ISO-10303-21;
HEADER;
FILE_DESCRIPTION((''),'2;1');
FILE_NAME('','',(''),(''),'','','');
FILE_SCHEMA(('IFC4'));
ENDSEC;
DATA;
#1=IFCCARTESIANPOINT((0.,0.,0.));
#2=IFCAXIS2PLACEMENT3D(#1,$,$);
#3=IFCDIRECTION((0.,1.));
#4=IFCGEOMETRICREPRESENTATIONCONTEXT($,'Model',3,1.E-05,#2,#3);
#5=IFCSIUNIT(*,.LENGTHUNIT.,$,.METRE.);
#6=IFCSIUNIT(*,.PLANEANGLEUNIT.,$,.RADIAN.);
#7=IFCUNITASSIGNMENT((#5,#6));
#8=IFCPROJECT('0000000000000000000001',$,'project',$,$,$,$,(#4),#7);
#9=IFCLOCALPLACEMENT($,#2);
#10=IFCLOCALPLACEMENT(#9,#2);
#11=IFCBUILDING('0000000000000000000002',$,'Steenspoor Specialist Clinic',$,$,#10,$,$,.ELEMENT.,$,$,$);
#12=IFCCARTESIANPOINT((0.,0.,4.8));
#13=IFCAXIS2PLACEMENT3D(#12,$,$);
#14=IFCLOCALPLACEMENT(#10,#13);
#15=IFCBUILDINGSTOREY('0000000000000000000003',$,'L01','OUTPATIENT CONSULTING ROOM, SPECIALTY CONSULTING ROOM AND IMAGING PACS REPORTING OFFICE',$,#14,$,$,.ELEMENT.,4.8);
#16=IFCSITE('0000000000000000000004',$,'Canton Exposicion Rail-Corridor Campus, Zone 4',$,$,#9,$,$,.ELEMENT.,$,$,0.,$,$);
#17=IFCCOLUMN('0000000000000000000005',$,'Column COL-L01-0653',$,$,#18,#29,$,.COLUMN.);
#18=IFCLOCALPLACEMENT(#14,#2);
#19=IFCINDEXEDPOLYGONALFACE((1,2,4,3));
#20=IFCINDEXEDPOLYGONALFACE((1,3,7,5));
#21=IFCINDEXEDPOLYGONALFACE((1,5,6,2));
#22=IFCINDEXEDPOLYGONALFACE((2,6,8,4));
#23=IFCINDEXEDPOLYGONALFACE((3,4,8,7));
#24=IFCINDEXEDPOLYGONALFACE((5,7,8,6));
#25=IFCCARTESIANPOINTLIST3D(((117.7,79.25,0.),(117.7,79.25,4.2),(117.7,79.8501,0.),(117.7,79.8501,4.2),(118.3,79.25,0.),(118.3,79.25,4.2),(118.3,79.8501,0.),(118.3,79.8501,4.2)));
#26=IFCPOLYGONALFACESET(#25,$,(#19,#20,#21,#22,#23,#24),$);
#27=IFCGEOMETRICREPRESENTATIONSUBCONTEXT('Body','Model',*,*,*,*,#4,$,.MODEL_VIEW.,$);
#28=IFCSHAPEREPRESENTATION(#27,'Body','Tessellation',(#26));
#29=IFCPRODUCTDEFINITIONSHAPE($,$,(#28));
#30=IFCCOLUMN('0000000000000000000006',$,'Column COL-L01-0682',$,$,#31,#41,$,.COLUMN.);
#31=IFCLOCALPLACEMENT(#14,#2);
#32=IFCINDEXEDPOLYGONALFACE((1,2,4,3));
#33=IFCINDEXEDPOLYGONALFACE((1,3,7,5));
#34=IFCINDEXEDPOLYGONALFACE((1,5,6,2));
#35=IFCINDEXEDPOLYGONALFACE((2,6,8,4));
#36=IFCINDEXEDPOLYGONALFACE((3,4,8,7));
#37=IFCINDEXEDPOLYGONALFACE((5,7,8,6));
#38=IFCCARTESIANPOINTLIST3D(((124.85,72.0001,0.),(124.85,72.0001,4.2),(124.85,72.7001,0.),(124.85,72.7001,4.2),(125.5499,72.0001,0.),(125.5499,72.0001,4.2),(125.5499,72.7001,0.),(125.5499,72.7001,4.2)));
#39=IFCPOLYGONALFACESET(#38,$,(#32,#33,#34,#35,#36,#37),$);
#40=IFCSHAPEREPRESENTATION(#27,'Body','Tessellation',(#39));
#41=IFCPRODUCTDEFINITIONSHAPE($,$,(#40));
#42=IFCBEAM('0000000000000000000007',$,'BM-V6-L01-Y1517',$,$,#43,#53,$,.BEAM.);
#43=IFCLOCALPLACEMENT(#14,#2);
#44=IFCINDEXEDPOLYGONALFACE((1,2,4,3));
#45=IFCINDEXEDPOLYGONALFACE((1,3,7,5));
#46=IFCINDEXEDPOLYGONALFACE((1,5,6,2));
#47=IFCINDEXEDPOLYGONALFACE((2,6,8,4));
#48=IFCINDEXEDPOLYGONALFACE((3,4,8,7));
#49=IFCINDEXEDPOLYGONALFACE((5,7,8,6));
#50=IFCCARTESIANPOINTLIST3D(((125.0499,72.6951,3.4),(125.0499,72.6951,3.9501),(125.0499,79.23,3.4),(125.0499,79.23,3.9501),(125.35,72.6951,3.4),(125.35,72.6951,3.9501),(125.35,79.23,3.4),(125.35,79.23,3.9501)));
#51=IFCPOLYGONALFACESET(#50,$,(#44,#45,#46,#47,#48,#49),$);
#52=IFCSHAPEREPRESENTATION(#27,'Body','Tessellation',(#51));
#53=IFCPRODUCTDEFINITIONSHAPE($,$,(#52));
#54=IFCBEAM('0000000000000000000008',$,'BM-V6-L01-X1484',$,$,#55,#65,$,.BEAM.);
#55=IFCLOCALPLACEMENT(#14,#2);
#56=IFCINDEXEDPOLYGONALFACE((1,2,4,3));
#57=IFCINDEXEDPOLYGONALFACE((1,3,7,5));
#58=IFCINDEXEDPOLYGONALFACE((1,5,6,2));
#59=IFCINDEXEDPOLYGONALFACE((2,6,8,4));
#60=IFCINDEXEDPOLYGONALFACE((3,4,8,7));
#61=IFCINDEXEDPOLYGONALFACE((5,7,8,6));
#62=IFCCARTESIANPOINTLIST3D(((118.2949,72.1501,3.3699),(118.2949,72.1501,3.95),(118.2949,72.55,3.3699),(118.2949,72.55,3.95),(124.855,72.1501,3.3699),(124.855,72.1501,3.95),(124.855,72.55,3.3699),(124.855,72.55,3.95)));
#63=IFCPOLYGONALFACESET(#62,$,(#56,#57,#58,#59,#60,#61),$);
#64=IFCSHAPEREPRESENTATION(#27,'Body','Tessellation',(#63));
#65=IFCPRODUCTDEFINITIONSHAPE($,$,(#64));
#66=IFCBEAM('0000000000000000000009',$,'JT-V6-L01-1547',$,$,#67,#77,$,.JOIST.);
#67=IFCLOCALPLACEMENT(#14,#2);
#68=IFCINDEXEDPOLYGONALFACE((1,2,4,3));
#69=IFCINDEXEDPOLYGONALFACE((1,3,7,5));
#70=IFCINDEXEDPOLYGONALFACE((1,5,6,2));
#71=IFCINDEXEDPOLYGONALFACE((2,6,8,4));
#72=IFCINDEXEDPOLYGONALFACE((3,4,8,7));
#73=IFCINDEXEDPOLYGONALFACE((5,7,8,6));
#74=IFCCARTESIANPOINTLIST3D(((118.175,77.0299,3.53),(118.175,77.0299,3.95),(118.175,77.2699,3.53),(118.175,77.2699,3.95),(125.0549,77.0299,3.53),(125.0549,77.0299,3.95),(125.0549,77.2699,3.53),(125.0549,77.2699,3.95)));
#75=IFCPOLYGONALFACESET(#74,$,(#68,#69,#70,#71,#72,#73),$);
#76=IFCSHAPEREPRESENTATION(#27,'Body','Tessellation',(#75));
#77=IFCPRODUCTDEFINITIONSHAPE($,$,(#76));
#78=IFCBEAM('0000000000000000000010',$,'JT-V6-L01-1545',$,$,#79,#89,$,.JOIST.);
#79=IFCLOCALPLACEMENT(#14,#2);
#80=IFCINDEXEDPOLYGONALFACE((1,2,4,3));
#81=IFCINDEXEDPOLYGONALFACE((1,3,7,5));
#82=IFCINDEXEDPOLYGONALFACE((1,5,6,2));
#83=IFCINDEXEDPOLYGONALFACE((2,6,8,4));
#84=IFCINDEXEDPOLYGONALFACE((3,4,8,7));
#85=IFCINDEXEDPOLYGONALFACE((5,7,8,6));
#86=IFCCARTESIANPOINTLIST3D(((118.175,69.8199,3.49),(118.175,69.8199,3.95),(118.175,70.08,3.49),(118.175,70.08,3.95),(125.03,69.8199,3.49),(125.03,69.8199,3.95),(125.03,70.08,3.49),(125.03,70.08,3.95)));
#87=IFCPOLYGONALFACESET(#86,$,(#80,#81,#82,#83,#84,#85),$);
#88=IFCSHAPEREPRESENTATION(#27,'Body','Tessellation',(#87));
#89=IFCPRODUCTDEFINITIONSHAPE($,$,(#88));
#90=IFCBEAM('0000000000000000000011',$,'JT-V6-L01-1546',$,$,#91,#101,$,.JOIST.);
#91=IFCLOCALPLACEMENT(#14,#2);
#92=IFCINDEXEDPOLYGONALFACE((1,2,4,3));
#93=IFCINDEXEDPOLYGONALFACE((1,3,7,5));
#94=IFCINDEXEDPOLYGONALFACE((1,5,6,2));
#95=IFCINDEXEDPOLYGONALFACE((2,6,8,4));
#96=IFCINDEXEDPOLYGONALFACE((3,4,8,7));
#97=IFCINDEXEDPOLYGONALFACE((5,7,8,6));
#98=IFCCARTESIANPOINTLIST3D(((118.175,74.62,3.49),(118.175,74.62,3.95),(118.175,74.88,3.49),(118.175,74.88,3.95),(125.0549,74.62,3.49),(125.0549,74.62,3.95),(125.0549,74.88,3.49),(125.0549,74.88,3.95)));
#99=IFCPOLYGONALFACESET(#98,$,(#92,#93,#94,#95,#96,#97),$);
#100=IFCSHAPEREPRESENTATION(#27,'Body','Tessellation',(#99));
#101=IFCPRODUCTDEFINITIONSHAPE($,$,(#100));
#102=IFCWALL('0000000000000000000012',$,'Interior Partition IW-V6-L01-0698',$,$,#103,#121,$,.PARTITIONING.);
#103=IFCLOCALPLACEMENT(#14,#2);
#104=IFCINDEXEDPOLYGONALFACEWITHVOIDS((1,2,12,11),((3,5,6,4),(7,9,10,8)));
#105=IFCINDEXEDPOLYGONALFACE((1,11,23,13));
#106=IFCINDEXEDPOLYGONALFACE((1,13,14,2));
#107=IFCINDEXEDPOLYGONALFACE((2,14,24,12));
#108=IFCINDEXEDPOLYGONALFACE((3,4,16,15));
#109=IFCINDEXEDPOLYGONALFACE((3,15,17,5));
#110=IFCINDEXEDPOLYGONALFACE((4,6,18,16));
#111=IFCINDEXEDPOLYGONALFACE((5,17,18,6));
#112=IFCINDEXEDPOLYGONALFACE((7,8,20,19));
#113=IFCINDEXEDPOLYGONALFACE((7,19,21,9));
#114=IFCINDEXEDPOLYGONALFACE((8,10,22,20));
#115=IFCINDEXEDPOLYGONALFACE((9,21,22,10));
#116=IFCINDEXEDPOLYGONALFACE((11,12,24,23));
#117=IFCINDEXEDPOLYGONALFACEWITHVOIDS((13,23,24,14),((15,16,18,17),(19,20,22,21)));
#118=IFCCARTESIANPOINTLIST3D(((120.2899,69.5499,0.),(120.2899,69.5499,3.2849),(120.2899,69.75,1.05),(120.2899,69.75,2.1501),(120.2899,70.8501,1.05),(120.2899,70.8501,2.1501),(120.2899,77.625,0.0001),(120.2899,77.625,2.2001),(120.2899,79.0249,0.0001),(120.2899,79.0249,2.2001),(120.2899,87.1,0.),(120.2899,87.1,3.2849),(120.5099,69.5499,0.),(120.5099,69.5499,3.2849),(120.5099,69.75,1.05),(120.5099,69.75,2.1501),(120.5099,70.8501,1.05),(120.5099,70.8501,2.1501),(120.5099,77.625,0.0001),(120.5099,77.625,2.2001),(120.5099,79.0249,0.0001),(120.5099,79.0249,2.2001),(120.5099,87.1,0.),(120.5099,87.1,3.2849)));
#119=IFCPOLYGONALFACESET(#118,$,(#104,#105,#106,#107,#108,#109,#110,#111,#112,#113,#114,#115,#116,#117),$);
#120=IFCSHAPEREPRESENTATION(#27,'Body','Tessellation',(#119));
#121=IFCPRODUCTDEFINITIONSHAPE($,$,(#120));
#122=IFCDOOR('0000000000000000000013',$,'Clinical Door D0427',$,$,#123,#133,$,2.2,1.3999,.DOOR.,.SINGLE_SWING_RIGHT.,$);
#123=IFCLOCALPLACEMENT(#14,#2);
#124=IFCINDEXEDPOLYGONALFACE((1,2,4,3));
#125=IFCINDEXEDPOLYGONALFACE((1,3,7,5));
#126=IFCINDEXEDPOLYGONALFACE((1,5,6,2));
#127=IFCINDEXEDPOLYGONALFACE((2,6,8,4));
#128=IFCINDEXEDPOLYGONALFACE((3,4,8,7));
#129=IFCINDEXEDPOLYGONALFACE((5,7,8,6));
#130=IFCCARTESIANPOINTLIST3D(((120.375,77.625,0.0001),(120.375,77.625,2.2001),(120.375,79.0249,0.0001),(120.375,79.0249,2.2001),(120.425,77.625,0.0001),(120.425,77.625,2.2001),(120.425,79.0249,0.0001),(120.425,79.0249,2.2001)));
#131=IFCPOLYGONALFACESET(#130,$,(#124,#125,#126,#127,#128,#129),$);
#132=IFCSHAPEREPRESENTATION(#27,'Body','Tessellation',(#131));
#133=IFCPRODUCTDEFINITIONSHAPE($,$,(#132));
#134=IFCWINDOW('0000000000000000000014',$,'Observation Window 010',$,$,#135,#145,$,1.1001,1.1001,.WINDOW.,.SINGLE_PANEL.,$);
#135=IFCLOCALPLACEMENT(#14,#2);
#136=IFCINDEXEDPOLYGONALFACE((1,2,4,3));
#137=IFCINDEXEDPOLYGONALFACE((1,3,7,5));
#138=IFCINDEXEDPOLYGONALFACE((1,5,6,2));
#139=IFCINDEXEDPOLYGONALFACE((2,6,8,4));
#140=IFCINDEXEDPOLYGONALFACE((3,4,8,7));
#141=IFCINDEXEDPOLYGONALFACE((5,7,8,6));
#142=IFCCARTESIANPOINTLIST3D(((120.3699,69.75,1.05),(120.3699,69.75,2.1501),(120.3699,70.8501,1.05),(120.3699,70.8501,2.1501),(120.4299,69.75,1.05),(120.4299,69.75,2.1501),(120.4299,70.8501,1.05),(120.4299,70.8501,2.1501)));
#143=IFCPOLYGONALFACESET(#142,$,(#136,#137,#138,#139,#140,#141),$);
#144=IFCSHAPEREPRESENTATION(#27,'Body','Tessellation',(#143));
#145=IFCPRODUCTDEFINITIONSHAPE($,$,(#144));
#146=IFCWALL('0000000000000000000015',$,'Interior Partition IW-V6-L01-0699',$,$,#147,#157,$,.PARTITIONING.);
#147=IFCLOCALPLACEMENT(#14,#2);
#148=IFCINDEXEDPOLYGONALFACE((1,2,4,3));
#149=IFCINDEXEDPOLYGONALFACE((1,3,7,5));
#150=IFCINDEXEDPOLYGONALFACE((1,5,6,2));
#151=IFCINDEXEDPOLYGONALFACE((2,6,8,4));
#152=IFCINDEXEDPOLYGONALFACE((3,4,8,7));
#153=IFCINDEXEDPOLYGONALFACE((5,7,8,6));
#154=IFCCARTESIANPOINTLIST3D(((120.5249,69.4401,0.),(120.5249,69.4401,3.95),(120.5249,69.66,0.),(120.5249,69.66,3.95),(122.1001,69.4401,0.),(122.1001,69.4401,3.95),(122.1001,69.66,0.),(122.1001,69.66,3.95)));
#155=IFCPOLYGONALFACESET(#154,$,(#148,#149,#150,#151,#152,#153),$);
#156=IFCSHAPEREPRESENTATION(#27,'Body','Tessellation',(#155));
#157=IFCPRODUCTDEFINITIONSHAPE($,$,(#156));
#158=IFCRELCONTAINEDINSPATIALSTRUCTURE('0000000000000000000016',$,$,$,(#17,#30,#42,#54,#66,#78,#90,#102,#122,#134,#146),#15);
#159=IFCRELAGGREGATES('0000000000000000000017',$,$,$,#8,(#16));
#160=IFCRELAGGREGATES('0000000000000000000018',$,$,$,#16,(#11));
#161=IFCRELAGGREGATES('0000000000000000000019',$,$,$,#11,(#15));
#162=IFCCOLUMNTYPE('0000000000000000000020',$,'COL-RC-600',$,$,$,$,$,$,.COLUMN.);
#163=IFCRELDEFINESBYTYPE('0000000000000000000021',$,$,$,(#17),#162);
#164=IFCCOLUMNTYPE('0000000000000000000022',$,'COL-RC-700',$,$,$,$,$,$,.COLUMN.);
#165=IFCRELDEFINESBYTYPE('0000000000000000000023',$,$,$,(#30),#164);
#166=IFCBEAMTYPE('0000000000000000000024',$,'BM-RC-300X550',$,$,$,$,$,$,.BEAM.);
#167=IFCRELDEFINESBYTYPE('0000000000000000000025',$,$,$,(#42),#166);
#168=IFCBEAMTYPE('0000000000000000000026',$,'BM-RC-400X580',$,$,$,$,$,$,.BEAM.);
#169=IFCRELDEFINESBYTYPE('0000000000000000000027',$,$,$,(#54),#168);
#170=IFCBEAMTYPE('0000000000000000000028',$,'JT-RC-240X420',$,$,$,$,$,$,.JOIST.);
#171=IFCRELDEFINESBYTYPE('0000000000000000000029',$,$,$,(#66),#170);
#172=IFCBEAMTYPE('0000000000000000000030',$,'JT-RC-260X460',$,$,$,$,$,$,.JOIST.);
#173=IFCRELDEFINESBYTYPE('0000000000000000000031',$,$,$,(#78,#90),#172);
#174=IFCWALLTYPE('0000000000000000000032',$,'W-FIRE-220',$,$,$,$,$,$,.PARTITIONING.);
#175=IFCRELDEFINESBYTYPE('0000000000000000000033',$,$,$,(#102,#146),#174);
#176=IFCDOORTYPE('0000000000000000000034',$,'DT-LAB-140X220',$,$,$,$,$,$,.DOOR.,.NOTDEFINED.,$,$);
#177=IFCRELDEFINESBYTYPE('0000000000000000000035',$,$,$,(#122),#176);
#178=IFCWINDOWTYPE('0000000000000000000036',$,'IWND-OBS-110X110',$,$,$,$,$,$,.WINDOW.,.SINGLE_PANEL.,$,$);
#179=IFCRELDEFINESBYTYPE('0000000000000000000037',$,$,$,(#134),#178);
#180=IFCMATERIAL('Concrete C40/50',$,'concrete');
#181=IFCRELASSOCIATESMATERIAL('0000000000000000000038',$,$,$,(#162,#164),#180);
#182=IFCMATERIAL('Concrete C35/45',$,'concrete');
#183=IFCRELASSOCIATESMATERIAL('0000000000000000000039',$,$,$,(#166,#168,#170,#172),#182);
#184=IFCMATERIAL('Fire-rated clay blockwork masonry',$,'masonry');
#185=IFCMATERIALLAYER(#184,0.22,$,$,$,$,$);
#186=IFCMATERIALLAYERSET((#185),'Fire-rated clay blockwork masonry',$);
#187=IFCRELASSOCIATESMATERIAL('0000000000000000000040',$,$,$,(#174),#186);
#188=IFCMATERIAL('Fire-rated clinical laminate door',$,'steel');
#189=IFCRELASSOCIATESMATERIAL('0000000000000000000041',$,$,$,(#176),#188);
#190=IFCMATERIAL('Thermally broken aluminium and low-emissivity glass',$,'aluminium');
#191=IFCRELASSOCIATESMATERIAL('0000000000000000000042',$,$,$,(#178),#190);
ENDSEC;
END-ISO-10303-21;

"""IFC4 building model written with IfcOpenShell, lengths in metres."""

from ifc_helpers import new_model, si_unit, direction, frame, frame_2d, origin, origin_2d, place, context, subcontext, project, spatial, rectangle, extrude, material, layer, layer_set, material_profile, profile_set, type_object, element, fill, save


model = new_model("IFC4")

# Units and contexts
model_context = context("Model", 3, precision=1e-05, world=origin(), true_north=direction((0.0, 1.0)))
body_context = subcontext(model_context, "Body", "Model", "MODEL_VIEW")
ifc_project = project(units=[si_unit("LENGTHUNIT", "METRE"), si_unit("PLANEANGLEUNIT", "RADIAN")], contexts=[model_context])

# Site, building, storey
site_placement = place(None, origin())
site = spatial("IfcSite", under=ifc_project, at=site_placement, Name="Canton Exposicion Rail-Corridor Campus, Zone 4", CompositionType="ELEMENT", RefElevation=0.0)
building_placement = place(site_placement, origin())
building = spatial("IfcBuilding", under=site, at=building_placement, Name="Steenspoor Specialist Clinic", CompositionType="ELEMENT")
storey_placement = place(building_placement, frame((0.0, 0.0, 4.8)))
storey = spatial("IfcBuildingStorey", under=building, at=storey_placement, Name="L01", Description="OUTPATIENT CONSULTING ROOM, SPECIALTY CONSULTING ROOM AND IMAGING PACS REPORTING OFFICE", CompositionType="ELEMENT", Elevation=4.8)

# Columns
ifc_material_1 = material(Name="Concrete C40/50", Category="concrete")
ifc_material_profile_1 = material_profile(ifc_material_1, rectangle(XDim=0.6001, YDim=0.6001, at=origin_2d()), Name="RC-COL-600X600")
ifc_profile_set_1 = profile_set([ifc_material_profile_1], Name="Concrete C40/50")
column_type_1 = type_object("IfcColumnType", Name="COL-RC-600", PredefinedType="COLUMN", material=ifc_profile_set_1)
column_1_placement = place(storey_placement, frame((118.0, 79.55, 0.0), z_axis=(0.0, 0.0, 1.0), x_axis=(1.0, 0.0, 0.0)))
element("IfcColumn", 1, at=column_1_placement, inside=storey, type_object=column_type_1, Name="Column COL-L01-0653", PredefinedType="COLUMN", context=body_context, shape_type="SweptSolid", body=[
    extrude(rectangle(XDim=0.6001, YDim=0.6001, at=origin_2d()), origin(), (0.0, 0.0, 1.0), 4.2),
])
ifc_material_profile_2 = material_profile(ifc_material_1, rectangle(XDim=0.7, YDim=0.7, at=origin_2d()), Name="RC-COL-700X700")
ifc_profile_set_2 = profile_set([ifc_material_profile_2], Name="Concrete C40/50")
column_type_2 = type_object("IfcColumnType", Name="COL-RC-700", PredefinedType="COLUMN", material=ifc_profile_set_2)
column_2_placement = place(storey_placement, frame((125.2, 72.3501, 0.0), z_axis=(0.0, 0.0, 1.0), x_axis=(1.0, 0.0, 0.0)))
element("IfcColumn", 2, at=column_2_placement, inside=storey, type_object=column_type_2, Name="Column COL-L01-0682", PredefinedType="COLUMN", context=body_context, shape_type="SweptSolid", body=[
    extrude(rectangle(XDim=0.7, YDim=0.7, at=origin_2d()), origin(), (0.0, 0.0, 1.0), 4.2),
])

# Beams
ifc_material_2 = material(Name="Concrete C35/45", Category="concrete")
ifc_material_profile_3 = material_profile(ifc_material_2, rectangle(XDim=0.3, YDim=0.55, at=origin_2d()), Name="RC-BM-300X550")
ifc_profile_set_3 = profile_set([ifc_material_profile_3], Name="Concrete C35/45")
beam_type_1 = type_object("IfcBeamType", Name="BM-RC-300X550", PredefinedType="BEAM", material=ifc_profile_set_3)
beam_1_placement = place(storey_placement, frame((125.2, 72.6951, 3.675), z_axis=(0.0, 1.0, 0.0), x_axis=(-1.0, 0.0, 0.0)))
element("IfcBeam", 3, at=beam_1_placement, inside=storey, type_object=beam_type_1, Name="BM-V6-L01-Y1517", PredefinedType="BEAM", context=body_context, shape_type="SweptSolid", body=[
    extrude(rectangle(XDim=0.3, YDim=0.55, at=origin_2d()), origin(), (0.0, 0.0, 1.0), 6.5349),
])
ifc_material_profile_4 = material_profile(ifc_material_2, rectangle(XDim=0.3999, YDim=0.5801, at=origin_2d()), Name="RC-BM-400X580")
ifc_profile_set_4 = profile_set([ifc_material_profile_4], Name="Concrete C35/45")
beam_type_2 = type_object("IfcBeamType", Name="BM-RC-400X580", PredefinedType="BEAM", material=ifc_profile_set_4)
beam_2_placement = place(storey_placement, frame((118.2949, 72.3501, 3.6599), z_axis=(1.0, 0.0, 0.0), x_axis=(0.0, 1.0, 0.0)))
element("IfcBeam", 4, at=beam_2_placement, inside=storey, type_object=beam_type_2, Name="BM-V6-L01-X1484", PredefinedType="BEAM", context=body_context, shape_type="SweptSolid", body=[
    extrude(rectangle(XDim=0.3999, YDim=0.5801, at=origin_2d()), origin(), (0.0, 0.0, 1.0), 6.5601),
])
ifc_material_profile_5 = material_profile(ifc_material_2, rectangle(XDim=0.24, YDim=0.4199, at=origin_2d()), Name="RC-JT-240X420")
ifc_profile_set_5 = profile_set([ifc_material_profile_5], Name="Concrete C35/45")
beam_type_3 = type_object("IfcBeamType", Name="JT-RC-240X420", PredefinedType="JOIST", material=ifc_profile_set_5)
beam_3_placement = place(storey_placement, frame((118.175, 77.1499, 3.74), z_axis=(1.0, 0.0, 0.0), x_axis=(0.0, 1.0, 0.0)))
element("IfcBeam", 5, at=beam_3_placement, inside=storey, type_object=beam_type_3, Name="JT-V6-L01-1547", PredefinedType="JOIST", context=body_context, shape_type="SweptSolid", body=[
    extrude(rectangle(XDim=0.24, YDim=0.4199, at=origin_2d()), origin(), (0.0, 0.0, 1.0), 6.8799),
])
ifc_material_profile_6 = material_profile(ifc_material_2, rectangle(XDim=0.26, YDim=0.46, at=origin_2d()), Name="RC-JT-260X460")
ifc_profile_set_6 = profile_set([ifc_material_profile_6], Name="Concrete C35/45")
beam_type_4 = type_object("IfcBeamType", Name="JT-RC-260X460", PredefinedType="JOIST", material=ifc_profile_set_6)
beam_4_placement = place(storey_placement, frame((118.175, 69.95, 3.72), z_axis=(1.0, 0.0, 0.0), x_axis=(0.0, 1.0, 0.0)))
element("IfcBeam", 6, at=beam_4_placement, inside=storey, type_object=beam_type_4, Name="JT-V6-L01-1545", PredefinedType="JOIST", context=body_context, shape_type="SweptSolid", body=[
    extrude(rectangle(XDim=0.26, YDim=0.46, at=origin_2d()), origin(), (0.0, 0.0, 1.0), 6.855),
])
beam_5_placement = place(storey_placement, frame((118.175, 74.75, 3.72), z_axis=(1.0, 0.0, 0.0), x_axis=(0.0, 1.0, 0.0)))
element("IfcBeam", 7, at=beam_5_placement, inside=storey, type_object=beam_type_4, Name="JT-V6-L01-1546", PredefinedType="JOIST", context=body_context, shape_type="SweptSolid", body=[
    extrude(rectangle(XDim=0.26, YDim=0.46, at=origin_2d()), origin(), (0.0, 0.0, 1.0), 6.8799),
])

# Wall, openings, door, window
ifc_material_3 = material(Name="Fire-rated clay blockwork masonry", Category="masonry")
ifc_layer_1 = layer(ifc_material_3, 0.22)
ifc_layer_set_1 = layer_set([ifc_layer_1], Name="Fire-rated clay blockwork masonry")
wall_type_1 = type_object("IfcWallType", Name="W-FIRE-220", PredefinedType="PARTITIONING", material=ifc_layer_set_1)
wall_1_placement = place(storey_placement, frame((120.3999, 69.55, 0.0), z_axis=(0.0, 0.0, 1.0), x_axis=(0.0, 1.0, 0.0)))
wall_1 = element("IfcWall", 8, at=wall_1_placement, inside=storey, type_object=wall_type_1, Name="Interior Partition IW-V6-L01-0698", PredefinedType="PARTITIONING", context=body_context, shape_type="SweptSolid", body=[
    extrude(rectangle(XDim=17.55, YDim=0.22, at=frame_2d((8.7749, 0.0))), origin(), (0.0, 0.0, 1.0), 3.2849),
])
opening_1_placement = place(wall_1_placement, frame((8.075, 0.0, 0.0)))
opening_1 = element("IfcOpeningElement", 9, at=opening_1_placement, cuts=wall_1, PredefinedType="OPENING", context=body_context, shape_type="SweptSolid", body=[
    extrude(rectangle(XDim=1.3999, YDim=2.2, at=frame_2d((0.7, 1.1001))), frame((0.0, 0.1201, 0.0), z_axis=(0.0, -1.0, 0.0), x_axis=(1.0, 0.0, 0.0)), (0.0, 0.0, 1.0), 0.24),
])
opening_2_placement = place(wall_1_placement, frame((0.2, 0.0, 1.05)))
opening_2 = element("IfcOpeningElement", 10, at=opening_2_placement, cuts=wall_1, PredefinedType="OPENING", context=body_context, shape_type="SweptSolid", body=[
    extrude(rectangle(XDim=1.1001, YDim=1.1001, at=frame_2d((0.55, 0.55))), frame((0.0, 0.1201, 0.0), z_axis=(0.0, -1.0, 0.0), x_axis=(1.0, 0.0, 0.0)), (0.0, 0.0, 1.0), 0.24),
])
ifc_material_4 = material(Name="Fire-rated clinical laminate door", Category="steel")
door_type_1 = type_object("IfcDoorType", Name="DT-LAB-140X220", OperationType="NOTDEFINED", PredefinedType="DOOR", material=ifc_material_4)
door_1_placement = place(opening_1_placement, origin())
door_1 = element("IfcDoor", 11, at=door_1_placement, inside=storey, type_object=door_type_1, Name="Clinical Door D0427", OperationType="SINGLE_SWING_RIGHT", OverallHeight=2.2, OverallWidth=1.3999, PredefinedType="DOOR", context=body_context, shape_type="SweptSolid", body=[
    extrude(rectangle(XDim=1.3999, YDim=2.2, at=frame_2d((0.7, 1.1001))), frame((0.0, 0.0249, 0.0), z_axis=(0.0, -1.0, 0.0), x_axis=(1.0, 0.0, 0.0)), (0.0, 0.0, 1.0), 0.05),
])
fill(opening_1, door_1)
ifc_material_5 = material(Name="Thermally broken aluminium and low-emissivity glass", Category="aluminium")
window_type_1 = type_object("IfcWindowType", Name="IWND-OBS-110X110", PartitioningType="SINGLE_PANEL", PredefinedType="WINDOW", material=ifc_material_5)
window_1_placement = place(opening_2_placement, origin())
window_1 = element("IfcWindow", 12, at=window_1_placement, inside=storey, type_object=window_type_1, Name="Observation Window 010", OverallHeight=1.1001, OverallWidth=1.1001, PartitioningType="SINGLE_PANEL", PredefinedType="WINDOW", context=body_context, shape_type="SweptSolid", body=[
    extrude(rectangle(XDim=1.1001, YDim=1.1001, at=frame_2d((0.55, 0.55))), frame((0.0, 0.03, 0.0), z_axis=(0.0, -1.0, 0.0), x_axis=(1.0, 0.0, 0.0)), (0.0, 0.0, 1.0), 0.0601),
])
fill(opening_2, window_1)

# Wall
wall_2_placement = place(storey_placement, frame((120.5249, 69.55, 0.0), z_axis=(0.0, 0.0, 1.0), x_axis=(1.0, 0.0, 0.0)))
element("IfcWall", 13, at=wall_2_placement, inside=storey, type_object=wall_type_1, Name="Interior Partition IW-V6-L01-0699", PredefinedType="PARTITIONING", context=body_context, shape_type="SweptSolid", body=[
    extrude(rectangle(XDim=1.5752, YDim=0.22, at=frame_2d((0.7876, 0.0))), origin(), (0.0, 0.0, 1.0), 3.95),
])

save(model, "model.ifc")
